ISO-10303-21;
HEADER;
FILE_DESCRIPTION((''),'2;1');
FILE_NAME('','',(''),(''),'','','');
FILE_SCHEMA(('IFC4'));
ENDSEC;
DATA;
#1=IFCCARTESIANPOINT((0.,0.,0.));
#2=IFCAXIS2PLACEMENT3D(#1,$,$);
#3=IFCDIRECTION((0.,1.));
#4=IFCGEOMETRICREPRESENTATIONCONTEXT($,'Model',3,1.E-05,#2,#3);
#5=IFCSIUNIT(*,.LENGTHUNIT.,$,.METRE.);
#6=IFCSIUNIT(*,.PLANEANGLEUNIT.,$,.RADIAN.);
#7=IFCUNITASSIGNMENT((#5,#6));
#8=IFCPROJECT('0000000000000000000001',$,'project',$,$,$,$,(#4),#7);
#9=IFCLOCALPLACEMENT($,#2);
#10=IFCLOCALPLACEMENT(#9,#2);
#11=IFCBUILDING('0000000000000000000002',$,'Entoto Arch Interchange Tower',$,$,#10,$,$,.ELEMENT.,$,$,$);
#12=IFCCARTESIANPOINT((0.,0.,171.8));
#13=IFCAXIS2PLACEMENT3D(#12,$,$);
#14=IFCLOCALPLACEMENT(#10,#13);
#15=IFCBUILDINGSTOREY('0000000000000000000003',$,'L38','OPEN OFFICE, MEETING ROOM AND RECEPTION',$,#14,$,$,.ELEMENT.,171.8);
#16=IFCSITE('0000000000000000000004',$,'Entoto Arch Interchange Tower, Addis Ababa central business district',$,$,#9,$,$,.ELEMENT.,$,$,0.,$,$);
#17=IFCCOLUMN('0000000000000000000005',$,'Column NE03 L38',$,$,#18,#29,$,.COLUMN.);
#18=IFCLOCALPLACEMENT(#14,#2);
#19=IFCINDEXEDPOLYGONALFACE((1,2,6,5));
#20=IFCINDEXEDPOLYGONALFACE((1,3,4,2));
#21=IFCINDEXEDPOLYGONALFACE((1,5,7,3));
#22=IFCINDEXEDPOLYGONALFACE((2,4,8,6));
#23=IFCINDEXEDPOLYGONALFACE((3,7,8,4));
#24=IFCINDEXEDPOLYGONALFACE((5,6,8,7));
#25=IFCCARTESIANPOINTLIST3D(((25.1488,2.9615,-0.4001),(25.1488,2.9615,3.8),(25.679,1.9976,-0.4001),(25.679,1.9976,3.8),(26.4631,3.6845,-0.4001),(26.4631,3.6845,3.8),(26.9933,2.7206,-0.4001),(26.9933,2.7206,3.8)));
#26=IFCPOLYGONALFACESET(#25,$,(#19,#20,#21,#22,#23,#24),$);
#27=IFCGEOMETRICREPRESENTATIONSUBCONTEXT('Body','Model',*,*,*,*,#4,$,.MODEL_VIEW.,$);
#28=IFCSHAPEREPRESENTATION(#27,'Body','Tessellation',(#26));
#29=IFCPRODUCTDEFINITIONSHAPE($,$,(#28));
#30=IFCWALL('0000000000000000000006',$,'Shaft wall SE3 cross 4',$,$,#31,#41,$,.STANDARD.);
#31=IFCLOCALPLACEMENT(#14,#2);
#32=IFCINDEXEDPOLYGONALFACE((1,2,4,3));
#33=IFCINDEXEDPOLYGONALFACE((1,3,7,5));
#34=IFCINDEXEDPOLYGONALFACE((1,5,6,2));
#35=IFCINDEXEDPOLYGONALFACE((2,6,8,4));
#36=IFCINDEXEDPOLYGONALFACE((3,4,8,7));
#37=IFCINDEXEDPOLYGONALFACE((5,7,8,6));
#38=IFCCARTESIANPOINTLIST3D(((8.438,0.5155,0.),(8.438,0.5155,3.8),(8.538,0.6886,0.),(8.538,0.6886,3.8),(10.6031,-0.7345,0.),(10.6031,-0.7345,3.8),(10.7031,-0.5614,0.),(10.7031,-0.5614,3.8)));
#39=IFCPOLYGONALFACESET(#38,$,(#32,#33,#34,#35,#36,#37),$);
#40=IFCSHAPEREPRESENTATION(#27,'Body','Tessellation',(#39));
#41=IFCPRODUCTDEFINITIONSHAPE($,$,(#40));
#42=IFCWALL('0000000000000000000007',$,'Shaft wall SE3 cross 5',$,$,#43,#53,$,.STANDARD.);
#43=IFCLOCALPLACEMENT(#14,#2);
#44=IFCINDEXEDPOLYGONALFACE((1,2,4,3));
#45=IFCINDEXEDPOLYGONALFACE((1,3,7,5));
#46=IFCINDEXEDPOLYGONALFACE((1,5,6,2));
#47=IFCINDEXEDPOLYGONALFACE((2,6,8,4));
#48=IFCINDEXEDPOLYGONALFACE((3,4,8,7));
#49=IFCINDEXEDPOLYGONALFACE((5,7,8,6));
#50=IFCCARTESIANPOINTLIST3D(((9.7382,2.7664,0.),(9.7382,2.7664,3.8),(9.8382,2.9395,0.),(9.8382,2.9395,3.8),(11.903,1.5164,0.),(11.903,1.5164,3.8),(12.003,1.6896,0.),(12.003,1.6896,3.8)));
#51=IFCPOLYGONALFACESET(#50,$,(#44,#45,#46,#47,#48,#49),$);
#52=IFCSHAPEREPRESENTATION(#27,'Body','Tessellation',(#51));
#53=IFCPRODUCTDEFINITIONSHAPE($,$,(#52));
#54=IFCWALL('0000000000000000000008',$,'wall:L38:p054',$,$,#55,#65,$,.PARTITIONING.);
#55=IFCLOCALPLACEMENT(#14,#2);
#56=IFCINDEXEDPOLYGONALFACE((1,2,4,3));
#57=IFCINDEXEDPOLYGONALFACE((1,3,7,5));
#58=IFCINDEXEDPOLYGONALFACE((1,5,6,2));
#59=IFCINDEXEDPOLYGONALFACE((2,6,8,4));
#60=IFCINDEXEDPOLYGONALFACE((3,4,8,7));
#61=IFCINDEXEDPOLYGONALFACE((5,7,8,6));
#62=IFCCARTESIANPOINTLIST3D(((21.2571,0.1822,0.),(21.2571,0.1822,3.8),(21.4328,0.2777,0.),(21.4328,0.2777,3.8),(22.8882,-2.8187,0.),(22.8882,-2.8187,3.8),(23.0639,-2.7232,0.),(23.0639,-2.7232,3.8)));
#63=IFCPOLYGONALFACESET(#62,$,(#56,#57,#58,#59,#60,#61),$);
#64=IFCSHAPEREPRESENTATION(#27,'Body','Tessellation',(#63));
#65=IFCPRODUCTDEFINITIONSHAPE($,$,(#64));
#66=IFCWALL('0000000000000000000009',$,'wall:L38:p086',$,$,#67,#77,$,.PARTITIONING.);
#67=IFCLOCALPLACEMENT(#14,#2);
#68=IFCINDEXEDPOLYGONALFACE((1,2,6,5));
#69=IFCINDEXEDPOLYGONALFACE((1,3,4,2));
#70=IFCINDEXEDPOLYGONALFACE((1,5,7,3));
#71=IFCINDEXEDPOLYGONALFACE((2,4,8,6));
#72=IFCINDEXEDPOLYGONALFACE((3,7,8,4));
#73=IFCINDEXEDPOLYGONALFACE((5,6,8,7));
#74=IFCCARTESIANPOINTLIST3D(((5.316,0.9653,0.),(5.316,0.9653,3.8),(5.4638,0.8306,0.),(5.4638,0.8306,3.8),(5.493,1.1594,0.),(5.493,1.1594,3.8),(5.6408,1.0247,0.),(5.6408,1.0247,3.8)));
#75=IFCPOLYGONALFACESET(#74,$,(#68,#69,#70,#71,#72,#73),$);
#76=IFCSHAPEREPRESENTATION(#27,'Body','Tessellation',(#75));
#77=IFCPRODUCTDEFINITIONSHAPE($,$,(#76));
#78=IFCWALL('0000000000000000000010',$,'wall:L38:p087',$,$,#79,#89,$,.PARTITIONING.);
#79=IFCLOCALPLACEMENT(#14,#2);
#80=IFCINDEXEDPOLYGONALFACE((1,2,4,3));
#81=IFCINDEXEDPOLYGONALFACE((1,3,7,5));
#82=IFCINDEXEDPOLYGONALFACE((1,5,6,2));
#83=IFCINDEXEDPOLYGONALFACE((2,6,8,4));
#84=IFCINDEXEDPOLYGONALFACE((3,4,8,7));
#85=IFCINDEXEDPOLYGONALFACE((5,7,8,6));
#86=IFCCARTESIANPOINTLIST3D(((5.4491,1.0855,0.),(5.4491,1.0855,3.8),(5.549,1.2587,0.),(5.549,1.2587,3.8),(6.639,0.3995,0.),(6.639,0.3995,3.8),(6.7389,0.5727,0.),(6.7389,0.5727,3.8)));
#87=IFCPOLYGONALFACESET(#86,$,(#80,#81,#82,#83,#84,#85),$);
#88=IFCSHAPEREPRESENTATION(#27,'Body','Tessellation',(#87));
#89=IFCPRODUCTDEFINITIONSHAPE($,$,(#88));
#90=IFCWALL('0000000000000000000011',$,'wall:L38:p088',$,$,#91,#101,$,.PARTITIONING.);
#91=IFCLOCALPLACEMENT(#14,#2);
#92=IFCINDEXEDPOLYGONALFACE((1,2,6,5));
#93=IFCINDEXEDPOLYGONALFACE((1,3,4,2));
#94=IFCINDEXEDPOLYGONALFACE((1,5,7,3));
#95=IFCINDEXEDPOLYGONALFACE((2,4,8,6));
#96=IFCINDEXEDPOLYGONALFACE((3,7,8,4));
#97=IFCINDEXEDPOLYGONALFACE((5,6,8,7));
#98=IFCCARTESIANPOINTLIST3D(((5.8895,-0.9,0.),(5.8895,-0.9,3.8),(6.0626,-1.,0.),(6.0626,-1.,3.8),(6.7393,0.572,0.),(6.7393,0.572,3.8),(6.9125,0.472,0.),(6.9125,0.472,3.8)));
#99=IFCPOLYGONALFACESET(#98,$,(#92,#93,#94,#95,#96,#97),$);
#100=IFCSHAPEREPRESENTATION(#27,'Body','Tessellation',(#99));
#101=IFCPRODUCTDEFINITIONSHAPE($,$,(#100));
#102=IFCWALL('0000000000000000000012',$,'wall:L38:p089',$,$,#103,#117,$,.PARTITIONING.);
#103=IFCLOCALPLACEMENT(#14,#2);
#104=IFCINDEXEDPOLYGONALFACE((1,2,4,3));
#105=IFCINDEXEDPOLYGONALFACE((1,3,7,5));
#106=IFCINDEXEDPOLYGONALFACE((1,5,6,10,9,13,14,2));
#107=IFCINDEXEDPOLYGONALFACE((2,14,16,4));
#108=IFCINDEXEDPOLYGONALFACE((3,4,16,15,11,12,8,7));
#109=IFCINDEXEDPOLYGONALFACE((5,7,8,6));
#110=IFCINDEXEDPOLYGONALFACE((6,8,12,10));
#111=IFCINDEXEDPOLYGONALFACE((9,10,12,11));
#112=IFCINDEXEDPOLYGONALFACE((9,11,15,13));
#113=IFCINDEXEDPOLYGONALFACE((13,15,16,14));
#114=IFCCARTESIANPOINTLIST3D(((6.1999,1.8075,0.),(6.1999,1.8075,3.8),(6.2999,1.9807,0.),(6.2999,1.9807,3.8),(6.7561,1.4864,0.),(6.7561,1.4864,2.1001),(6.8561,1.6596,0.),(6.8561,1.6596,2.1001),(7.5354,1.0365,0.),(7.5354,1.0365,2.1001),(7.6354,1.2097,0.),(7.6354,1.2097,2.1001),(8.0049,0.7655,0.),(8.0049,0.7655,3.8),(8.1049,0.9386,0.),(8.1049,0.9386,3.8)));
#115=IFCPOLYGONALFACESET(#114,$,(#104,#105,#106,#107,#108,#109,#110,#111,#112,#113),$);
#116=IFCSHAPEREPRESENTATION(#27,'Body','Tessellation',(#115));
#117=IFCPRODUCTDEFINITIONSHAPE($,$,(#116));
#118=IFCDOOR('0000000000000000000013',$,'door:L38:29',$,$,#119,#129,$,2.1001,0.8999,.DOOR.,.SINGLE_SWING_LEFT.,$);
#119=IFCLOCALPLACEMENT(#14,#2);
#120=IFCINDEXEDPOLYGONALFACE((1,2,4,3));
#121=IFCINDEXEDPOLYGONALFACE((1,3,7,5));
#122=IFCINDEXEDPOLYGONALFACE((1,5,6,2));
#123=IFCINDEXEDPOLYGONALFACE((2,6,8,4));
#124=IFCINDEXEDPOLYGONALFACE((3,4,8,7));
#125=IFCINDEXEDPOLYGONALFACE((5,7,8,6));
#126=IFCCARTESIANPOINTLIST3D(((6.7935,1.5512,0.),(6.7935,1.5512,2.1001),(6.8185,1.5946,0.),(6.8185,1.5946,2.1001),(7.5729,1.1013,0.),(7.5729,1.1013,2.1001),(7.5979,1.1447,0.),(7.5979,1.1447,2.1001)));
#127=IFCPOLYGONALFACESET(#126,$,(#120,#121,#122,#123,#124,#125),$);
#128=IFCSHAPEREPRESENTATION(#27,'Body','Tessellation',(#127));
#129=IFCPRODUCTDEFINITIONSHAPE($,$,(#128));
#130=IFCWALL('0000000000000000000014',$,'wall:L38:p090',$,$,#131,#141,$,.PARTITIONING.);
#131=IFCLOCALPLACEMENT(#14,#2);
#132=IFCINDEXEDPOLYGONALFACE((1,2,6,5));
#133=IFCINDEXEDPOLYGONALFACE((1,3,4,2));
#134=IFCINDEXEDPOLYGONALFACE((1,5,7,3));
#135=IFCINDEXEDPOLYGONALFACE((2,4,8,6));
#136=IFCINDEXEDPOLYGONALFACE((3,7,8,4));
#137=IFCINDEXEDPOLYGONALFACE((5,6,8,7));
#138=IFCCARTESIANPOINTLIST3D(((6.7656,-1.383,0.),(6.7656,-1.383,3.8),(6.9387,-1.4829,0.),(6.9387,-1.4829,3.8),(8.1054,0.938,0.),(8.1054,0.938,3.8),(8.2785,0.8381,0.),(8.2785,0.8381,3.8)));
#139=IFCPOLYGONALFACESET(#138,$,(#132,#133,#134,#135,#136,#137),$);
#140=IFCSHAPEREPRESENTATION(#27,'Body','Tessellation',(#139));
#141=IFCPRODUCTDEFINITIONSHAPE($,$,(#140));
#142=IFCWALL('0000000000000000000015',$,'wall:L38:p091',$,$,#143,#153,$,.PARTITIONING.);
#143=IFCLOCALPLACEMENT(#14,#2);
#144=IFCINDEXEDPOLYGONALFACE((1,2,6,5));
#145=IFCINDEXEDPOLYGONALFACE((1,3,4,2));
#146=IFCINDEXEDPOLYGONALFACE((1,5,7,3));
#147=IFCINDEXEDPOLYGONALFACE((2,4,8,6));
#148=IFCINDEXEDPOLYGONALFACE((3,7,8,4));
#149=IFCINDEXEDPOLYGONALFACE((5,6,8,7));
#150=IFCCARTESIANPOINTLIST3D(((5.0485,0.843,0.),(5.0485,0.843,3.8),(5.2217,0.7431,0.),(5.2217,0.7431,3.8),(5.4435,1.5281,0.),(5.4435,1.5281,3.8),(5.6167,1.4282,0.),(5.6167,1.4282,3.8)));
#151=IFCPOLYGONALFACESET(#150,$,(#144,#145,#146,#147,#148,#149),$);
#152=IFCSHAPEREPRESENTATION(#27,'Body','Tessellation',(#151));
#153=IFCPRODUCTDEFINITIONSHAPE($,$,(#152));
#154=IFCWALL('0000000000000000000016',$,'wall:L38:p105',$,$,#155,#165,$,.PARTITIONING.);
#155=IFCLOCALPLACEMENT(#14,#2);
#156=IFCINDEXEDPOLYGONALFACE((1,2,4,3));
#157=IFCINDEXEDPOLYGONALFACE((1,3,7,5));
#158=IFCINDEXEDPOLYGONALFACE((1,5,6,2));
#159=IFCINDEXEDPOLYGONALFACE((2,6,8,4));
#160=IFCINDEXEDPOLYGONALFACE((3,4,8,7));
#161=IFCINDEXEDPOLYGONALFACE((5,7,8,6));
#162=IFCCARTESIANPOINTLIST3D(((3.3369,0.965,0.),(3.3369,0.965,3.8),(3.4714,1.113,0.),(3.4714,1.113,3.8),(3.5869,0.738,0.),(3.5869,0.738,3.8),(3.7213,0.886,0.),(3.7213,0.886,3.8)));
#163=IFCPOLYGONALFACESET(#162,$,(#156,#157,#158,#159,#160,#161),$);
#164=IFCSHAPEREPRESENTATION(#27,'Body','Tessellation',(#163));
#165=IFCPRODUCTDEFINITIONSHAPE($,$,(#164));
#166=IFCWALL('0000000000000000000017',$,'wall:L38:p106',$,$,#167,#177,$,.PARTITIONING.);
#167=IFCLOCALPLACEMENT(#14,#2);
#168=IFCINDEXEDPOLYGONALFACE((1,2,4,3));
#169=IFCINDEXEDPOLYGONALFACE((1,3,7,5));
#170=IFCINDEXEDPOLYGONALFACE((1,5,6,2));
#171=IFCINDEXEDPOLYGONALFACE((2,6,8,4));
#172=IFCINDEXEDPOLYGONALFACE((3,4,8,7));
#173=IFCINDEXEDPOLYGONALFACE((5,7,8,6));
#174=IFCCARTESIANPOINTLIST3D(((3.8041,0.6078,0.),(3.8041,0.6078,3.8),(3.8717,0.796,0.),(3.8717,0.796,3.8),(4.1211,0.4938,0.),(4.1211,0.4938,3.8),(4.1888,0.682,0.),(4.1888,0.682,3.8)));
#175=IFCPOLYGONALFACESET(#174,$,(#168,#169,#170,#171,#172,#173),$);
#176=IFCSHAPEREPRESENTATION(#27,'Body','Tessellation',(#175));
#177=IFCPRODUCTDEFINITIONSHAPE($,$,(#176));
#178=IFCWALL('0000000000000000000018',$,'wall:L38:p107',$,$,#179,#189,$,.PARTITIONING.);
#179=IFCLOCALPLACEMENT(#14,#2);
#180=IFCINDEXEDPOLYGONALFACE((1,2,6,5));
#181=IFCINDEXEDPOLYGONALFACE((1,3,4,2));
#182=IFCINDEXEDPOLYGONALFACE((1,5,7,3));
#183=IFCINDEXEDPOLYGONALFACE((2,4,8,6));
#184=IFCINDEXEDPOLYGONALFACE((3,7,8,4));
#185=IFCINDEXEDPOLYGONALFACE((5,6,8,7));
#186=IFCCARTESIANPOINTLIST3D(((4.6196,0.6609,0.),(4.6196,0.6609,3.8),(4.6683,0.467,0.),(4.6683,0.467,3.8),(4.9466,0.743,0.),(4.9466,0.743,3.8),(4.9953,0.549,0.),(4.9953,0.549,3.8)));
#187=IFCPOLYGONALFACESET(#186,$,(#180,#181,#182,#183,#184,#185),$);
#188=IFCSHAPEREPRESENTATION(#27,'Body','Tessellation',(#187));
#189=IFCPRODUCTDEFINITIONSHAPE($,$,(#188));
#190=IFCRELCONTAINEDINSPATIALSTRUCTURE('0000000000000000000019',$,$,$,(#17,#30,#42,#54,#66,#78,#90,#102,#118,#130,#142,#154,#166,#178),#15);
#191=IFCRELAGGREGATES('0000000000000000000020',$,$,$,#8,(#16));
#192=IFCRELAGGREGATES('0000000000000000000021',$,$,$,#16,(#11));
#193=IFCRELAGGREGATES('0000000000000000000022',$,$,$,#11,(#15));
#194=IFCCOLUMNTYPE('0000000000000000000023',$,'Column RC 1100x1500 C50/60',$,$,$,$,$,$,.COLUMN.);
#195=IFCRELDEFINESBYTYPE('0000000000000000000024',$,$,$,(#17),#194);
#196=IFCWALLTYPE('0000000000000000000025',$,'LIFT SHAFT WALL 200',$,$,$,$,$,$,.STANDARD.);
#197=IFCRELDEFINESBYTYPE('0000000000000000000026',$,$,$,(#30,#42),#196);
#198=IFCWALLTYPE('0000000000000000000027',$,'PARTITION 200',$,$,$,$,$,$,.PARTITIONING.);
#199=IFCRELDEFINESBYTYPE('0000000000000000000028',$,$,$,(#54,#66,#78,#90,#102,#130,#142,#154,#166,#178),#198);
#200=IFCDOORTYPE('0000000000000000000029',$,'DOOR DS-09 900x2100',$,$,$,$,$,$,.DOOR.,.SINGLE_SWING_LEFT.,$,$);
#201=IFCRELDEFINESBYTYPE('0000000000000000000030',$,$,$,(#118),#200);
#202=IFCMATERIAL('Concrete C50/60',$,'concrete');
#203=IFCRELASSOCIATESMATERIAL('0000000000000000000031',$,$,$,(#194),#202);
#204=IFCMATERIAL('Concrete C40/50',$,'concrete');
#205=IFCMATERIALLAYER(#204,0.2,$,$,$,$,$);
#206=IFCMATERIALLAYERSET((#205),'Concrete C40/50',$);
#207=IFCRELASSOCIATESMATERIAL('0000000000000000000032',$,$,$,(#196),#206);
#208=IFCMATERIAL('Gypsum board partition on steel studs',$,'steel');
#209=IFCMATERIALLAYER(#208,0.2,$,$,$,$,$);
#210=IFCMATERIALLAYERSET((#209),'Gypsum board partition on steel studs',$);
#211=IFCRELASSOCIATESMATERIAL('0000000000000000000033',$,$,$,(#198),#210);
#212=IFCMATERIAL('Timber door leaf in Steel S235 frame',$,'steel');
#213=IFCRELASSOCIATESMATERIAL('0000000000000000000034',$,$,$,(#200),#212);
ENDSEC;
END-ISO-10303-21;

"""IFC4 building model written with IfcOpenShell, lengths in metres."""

from ifc_helpers import new_model, si_unit, direction, frame, frame_2d, origin, origin_2d, place, context, subcontext, project, spatial, rectangle, extrude, material, layer, layer_set, material_profile, profile_set, type_object, element, fill, save


model = new_model("IFC4")

# Units and contexts
model_context = context("Model", 3, precision=1e-05, world=origin(), true_north=direction((0.0, 1.0)))
body_context = subcontext(model_context, "Body", "Model", "MODEL_VIEW")
ifc_project = project(units=[si_unit("LENGTHUNIT", "METRE"), si_unit("PLANEANGLEUNIT", "RADIAN")], contexts=[model_context])

# Site, building, storey
site_placement = place(None, origin())
site = spatial("IfcSite", under=ifc_project, at=site_placement, Name="Entoto Arch Interchange Tower, Addis Ababa central business district", CompositionType="ELEMENT", RefElevation=0.0)
building_placement = place(site_placement, origin())
building = spatial("IfcBuilding", under=site, at=building_placement, Name="Entoto Arch Interchange Tower", CompositionType="ELEMENT")
storey_placement = place(building_placement, frame((0.0, 0.0, 171.8)))
storey = spatial("IfcBuildingStorey", under=building, at=storey_placement, Name="L38", Description="OPEN OFFICE, MEETING ROOM AND RECEPTION", CompositionType="ELEMENT", Elevation=171.8)

# Column
ifc_material_1 = material(Name="Concrete C50/60", Category="concrete")
ifc_material_profile = material_profile(ifc_material_1, rectangle(XDim=1.1001, YDim=1.5, at=origin_2d()))
ifc_profile_set = profile_set([ifc_material_profile], Name="Concrete C50/60")
column_type = type_object("IfcColumnType", Name="Column RC 1100x1500 C50/60", PredefinedType="COLUMN", material=ifc_profile_set)
column_placement = place(storey_placement, frame((26.071, 2.8411, -0.4001), z_axis=(0.0, 0.0, 1.0), x_axis=(-0.481983, 0.876181, 0.0)))
element("IfcColumn", 1, at=column_placement, inside=storey, type_object=column_type, Name="Column NE03 L38", PredefinedType="COLUMN", context=body_context, shape_type="SweptSolid", body=[
    extrude(rectangle(XDim=1.1001, YDim=1.5, at=origin_2d()), origin(), (0.0, 0.0, 1.0), 4.2002),
])

# Walls
ifc_material_2 = material(Name="Concrete C40/50", Category="concrete")
ifc_layer_1 = layer(ifc_material_2, 0.2)
ifc_layer_set_1 = layer_set([ifc_layer_1], Name="Concrete C40/50")
wall_type_1 = type_object("IfcWallType", Name="LIFT SHAFT WALL 200", PredefinedType="STANDARD", material=ifc_layer_set_1)
wall_1_placement = place(storey_placement, frame((8.488, 0.6021, 0.0), z_axis=(0.0, 0.0, 1.0), x_axis=(0.866023, -0.500004, 0.0)))
element("IfcWall", 2, at=wall_1_placement, inside=storey, type_object=wall_type_1, Name="Shaft wall SE3 cross 4", PredefinedType="STANDARD", context=body_context, shape_type="SweptSolid", body=[
    extrude(rectangle(XDim=2.5, YDim=0.2, at=frame_2d((1.25, 0.0))), origin(), (0.0, 0.0, 1.0), 3.8),
])
wall_2_placement = place(storey_placement, frame((9.7881, 2.853, 0.0), z_axis=(0.0, 0.0, 1.0), x_axis=(0.865999, -0.500047, 0.0)))
element("IfcWall", 3, at=wall_2_placement, inside=storey, type_object=wall_type_1, Name="Shaft wall SE3 cross 5", PredefinedType="STANDARD", context=body_context, shape_type="SweptSolid", body=[
    extrude(rectangle(XDim=2.4998, YDim=0.2, at=frame_2d((1.25, 0.0))), origin(), (0.0, 0.0, 1.0), 3.8),
])
ifc_material_3 = material(Name="Gypsum board partition on steel studs", Category="steel")
ifc_layer_2 = layer(ifc_material_3, 0.2)
ifc_layer_set_2 = layer_set([ifc_layer_2], Name="Gypsum board partition on steel studs")
wall_type_2 = type_object("IfcWallType", Name="PARTITION 200", PredefinedType="PARTITIONING", material=ifc_layer_set_2)
wall_3_placement = place(storey_placement, frame((21.345, 0.23, 0.0), z_axis=(0.0, 0.0, 1.0), x_axis=(0.477545, -0.878608, 0.0)))
element("IfcWall", 4, at=wall_3_placement, inside=storey, type_object=wall_type_2, Name="wall:L38:p054", PredefinedType="PARTITIONING", context=body_context, shape_type="SweptSolid", body=[
    extrude(rectangle(XDim=3.4155, YDim=0.2, at=frame_2d((1.7078, 0.0))), origin(), (0.0, 0.0, 1.0), 3.8),
])
wall_4_placement = place(storey_placement, frame((5.3899, 0.8979, 0.0), z_axis=(0.0, 0.0, 1.0), x_axis=(0.673828, 0.738888, 0.0)))
element("IfcWall", 5, at=wall_4_placement, inside=storey, type_object=wall_type_2, Name="wall:L38:p086", PredefinedType="PARTITIONING", context=body_context, shape_type="SweptSolid", body=[
    extrude(rectangle(XDim=0.2627, YDim=0.2, at=frame_2d((0.1313, 0.0))), origin(), (0.0, 0.0, 1.0), 3.8),
])
wall_5_placement = place(storey_placement, frame((5.499, 1.1721, 0.0), z_axis=(0.0, 0.0, 1.0), x_axis=(0.866334, -0.499466, 0.0)))
element("IfcWall", 6, at=wall_5_placement, inside=storey, type_object=wall_type_2, Name="wall:L38:p087", PredefinedType="PARTITIONING", context=body_context, shape_type="SweptSolid", body=[
    extrude(rectangle(XDim=1.3735, YDim=0.2, at=frame_2d((0.6868, 0.0))), origin(), (0.0, 0.0, 1.0), 3.8),
])
wall_6_placement = place(storey_placement, frame((6.8259, 0.522, 0.0), z_axis=(0.0, 0.0, 1.0), x_axis=(-0.500017, -0.866016, 0.0)))
element("IfcWall", 7, at=wall_6_placement, inside=storey, type_object=wall_type_2, Name="wall:L38:p088", PredefinedType="PARTITIONING", context=body_context, shape_type="SweptSolid", body=[
    extrude(rectangle(XDim=1.6997, YDim=0.2, at=frame_2d((0.8499, 0.0))), origin(), (0.0, 0.0, 1.0), 3.8),
])

# Wall, opening, door
wall_7_placement = place(storey_placement, frame((6.25, 1.894, 0.0), z_axis=(0.0, 0.0, 1.0), x_axis=(0.866043, -0.499969, 0.0)))
wall_7 = element("IfcWall", 8, at=wall_7_placement, inside=storey, type_object=wall_type_2, Name="wall:L38:p089", PredefinedType="PARTITIONING", context=body_context, shape_type="SweptSolid", body=[
    extrude(rectangle(XDim=2.0842, YDim=0.2, at=frame_2d((1.042, 0.0))), origin(), (0.0, 0.0, 1.0), 3.8),
])
opening_1_placement = place(wall_7_placement, frame((0.6421, 0.0, 0.0)))
opening_1 = element("IfcOpeningElement", 9, at=opening_1_placement, cuts=wall_7, PredefinedType="OPENING", context=body_context, shape_type="SweptSolid", body=[
    extrude(rectangle(XDim=0.8999, YDim=2.1001, at=frame_2d((0.45, 1.05))), frame((0.0, 0.1099, 0.0), z_axis=(0.0, -1.0, 0.0), x_axis=(1.0, 0.0, 0.0)), (0.0, 0.0, 1.0), 0.22),
])
ifc_material_4 = material(Name="Timber door leaf in Steel S235 frame", Category="steel")
door_type_1 = type_object("IfcDoorType", Name="DOOR DS-09 900x2100", OperationType="SINGLE_SWING_LEFT", PredefinedType="DOOR", material=ifc_material_4)
door_1_placement = place(opening_1_placement, origin())
door_1 = element("IfcDoor", 10, at=door_1_placement, inside=storey, type_object=door_type_1, Name="door:L38:29", OperationType="SINGLE_SWING_LEFT", OverallHeight=2.1001, OverallWidth=0.8999, PredefinedType="DOOR", context=body_context, shape_type="SweptSolid", body=[
    extrude(rectangle(XDim=0.8999, YDim=2.1001, at=frame_2d((0.45, 1.05))), frame((0.0, 0.0249, 0.0), z_axis=(0.0, -1.0, 0.0), x_axis=(1.0, 0.0, 0.0)), (0.0, 0.0, 1.0), 0.05),
])
fill(opening_1, door_1)

# Walls
wall_8_placement = place(storey_placement, frame((8.1919, 0.8879, 0.0), z_axis=(0.0, 0.0, 1.0), x_axis=(-0.499941, -0.86606, 0.0)))
element("IfcWall", 11, at=wall_8_placement, inside=storey, type_object=wall_type_2, Name="wall:L38:p090", PredefinedType="PARTITIONING", context=body_context, shape_type="SweptSolid", body=[
    extrude(rectangle(XDim=2.6799, YDim=0.2, at=frame_2d((1.3398, 0.0))), origin(), (0.0, 0.0, 1.0), 3.8),
])
wall_9_placement = place(storey_placement, frame((5.135, 0.793, 0.0), z_axis=(0.0, 0.0, 1.0), x_axis=(0.499526, 0.866299, 0.0)))
element("IfcWall", 12, at=wall_9_placement, inside=storey, type_object=wall_type_2, Name="wall:L38:p091", PredefinedType="PARTITIONING", context=body_context, shape_type="SweptSolid", body=[
    extrude(rectangle(XDim=0.7908, YDim=0.2, at=frame_2d((0.3955, 0.0))), origin(), (0.0, 0.0, 1.0), 3.8),
])
wall_10_placement = place(storey_placement, frame((3.4041, 1.0391, 0.0), z_axis=(0.0, 0.0, 1.0), x_axis=(0.740267, -0.672313, 0.0)))
element("IfcWall", 13, at=wall_10_placement, inside=storey, type_object=wall_type_2, Name="wall:L38:p105", PredefinedType="PARTITIONING", context=body_context, shape_type="SweptSolid", body=[
    extrude(rectangle(XDim=0.3376, YDim=0.2, at=frame_2d((0.1689, 0.0))), origin(), (0.0, 0.0, 1.0), 3.8),
])
wall_11_placement = place(storey_placement, frame((3.8379, 0.7019, 0.0), z_axis=(0.0, 0.0, 1.0), x_axis=(0.941035, -0.338309, 0.0)))
element("IfcWall", 14, at=wall_11_placement, inside=storey, type_object=wall_type_2, Name="wall:L38:p106", PredefinedType="PARTITIONING", context=body_context, shape_type="SweptSolid", body=[
    extrude(rectangle(XDim=0.3369, YDim=0.2, at=frame_2d((0.1685, 0.0))), origin(), (0.0, 0.0, 1.0), 3.8),
])
wall_12_placement = place(storey_placement, frame((4.644, 0.564, 0.0), z_axis=(0.0, 0.0, 1.0), x_axis=(0.969929, 0.243388, 0.0)))
element("IfcWall", 15, at=wall_12_placement, inside=storey, type_object=wall_type_2, Name="wall:L38:p107", PredefinedType="PARTITIONING", context=body_context, shape_type="SweptSolid", body=[
    extrude(rectangle(XDim=0.3372, YDim=0.2, at=frame_2d((0.1685, 0.0))), origin(), (0.0, 0.0, 1.0), 3.8),
])

save(model, "model.ifc")
